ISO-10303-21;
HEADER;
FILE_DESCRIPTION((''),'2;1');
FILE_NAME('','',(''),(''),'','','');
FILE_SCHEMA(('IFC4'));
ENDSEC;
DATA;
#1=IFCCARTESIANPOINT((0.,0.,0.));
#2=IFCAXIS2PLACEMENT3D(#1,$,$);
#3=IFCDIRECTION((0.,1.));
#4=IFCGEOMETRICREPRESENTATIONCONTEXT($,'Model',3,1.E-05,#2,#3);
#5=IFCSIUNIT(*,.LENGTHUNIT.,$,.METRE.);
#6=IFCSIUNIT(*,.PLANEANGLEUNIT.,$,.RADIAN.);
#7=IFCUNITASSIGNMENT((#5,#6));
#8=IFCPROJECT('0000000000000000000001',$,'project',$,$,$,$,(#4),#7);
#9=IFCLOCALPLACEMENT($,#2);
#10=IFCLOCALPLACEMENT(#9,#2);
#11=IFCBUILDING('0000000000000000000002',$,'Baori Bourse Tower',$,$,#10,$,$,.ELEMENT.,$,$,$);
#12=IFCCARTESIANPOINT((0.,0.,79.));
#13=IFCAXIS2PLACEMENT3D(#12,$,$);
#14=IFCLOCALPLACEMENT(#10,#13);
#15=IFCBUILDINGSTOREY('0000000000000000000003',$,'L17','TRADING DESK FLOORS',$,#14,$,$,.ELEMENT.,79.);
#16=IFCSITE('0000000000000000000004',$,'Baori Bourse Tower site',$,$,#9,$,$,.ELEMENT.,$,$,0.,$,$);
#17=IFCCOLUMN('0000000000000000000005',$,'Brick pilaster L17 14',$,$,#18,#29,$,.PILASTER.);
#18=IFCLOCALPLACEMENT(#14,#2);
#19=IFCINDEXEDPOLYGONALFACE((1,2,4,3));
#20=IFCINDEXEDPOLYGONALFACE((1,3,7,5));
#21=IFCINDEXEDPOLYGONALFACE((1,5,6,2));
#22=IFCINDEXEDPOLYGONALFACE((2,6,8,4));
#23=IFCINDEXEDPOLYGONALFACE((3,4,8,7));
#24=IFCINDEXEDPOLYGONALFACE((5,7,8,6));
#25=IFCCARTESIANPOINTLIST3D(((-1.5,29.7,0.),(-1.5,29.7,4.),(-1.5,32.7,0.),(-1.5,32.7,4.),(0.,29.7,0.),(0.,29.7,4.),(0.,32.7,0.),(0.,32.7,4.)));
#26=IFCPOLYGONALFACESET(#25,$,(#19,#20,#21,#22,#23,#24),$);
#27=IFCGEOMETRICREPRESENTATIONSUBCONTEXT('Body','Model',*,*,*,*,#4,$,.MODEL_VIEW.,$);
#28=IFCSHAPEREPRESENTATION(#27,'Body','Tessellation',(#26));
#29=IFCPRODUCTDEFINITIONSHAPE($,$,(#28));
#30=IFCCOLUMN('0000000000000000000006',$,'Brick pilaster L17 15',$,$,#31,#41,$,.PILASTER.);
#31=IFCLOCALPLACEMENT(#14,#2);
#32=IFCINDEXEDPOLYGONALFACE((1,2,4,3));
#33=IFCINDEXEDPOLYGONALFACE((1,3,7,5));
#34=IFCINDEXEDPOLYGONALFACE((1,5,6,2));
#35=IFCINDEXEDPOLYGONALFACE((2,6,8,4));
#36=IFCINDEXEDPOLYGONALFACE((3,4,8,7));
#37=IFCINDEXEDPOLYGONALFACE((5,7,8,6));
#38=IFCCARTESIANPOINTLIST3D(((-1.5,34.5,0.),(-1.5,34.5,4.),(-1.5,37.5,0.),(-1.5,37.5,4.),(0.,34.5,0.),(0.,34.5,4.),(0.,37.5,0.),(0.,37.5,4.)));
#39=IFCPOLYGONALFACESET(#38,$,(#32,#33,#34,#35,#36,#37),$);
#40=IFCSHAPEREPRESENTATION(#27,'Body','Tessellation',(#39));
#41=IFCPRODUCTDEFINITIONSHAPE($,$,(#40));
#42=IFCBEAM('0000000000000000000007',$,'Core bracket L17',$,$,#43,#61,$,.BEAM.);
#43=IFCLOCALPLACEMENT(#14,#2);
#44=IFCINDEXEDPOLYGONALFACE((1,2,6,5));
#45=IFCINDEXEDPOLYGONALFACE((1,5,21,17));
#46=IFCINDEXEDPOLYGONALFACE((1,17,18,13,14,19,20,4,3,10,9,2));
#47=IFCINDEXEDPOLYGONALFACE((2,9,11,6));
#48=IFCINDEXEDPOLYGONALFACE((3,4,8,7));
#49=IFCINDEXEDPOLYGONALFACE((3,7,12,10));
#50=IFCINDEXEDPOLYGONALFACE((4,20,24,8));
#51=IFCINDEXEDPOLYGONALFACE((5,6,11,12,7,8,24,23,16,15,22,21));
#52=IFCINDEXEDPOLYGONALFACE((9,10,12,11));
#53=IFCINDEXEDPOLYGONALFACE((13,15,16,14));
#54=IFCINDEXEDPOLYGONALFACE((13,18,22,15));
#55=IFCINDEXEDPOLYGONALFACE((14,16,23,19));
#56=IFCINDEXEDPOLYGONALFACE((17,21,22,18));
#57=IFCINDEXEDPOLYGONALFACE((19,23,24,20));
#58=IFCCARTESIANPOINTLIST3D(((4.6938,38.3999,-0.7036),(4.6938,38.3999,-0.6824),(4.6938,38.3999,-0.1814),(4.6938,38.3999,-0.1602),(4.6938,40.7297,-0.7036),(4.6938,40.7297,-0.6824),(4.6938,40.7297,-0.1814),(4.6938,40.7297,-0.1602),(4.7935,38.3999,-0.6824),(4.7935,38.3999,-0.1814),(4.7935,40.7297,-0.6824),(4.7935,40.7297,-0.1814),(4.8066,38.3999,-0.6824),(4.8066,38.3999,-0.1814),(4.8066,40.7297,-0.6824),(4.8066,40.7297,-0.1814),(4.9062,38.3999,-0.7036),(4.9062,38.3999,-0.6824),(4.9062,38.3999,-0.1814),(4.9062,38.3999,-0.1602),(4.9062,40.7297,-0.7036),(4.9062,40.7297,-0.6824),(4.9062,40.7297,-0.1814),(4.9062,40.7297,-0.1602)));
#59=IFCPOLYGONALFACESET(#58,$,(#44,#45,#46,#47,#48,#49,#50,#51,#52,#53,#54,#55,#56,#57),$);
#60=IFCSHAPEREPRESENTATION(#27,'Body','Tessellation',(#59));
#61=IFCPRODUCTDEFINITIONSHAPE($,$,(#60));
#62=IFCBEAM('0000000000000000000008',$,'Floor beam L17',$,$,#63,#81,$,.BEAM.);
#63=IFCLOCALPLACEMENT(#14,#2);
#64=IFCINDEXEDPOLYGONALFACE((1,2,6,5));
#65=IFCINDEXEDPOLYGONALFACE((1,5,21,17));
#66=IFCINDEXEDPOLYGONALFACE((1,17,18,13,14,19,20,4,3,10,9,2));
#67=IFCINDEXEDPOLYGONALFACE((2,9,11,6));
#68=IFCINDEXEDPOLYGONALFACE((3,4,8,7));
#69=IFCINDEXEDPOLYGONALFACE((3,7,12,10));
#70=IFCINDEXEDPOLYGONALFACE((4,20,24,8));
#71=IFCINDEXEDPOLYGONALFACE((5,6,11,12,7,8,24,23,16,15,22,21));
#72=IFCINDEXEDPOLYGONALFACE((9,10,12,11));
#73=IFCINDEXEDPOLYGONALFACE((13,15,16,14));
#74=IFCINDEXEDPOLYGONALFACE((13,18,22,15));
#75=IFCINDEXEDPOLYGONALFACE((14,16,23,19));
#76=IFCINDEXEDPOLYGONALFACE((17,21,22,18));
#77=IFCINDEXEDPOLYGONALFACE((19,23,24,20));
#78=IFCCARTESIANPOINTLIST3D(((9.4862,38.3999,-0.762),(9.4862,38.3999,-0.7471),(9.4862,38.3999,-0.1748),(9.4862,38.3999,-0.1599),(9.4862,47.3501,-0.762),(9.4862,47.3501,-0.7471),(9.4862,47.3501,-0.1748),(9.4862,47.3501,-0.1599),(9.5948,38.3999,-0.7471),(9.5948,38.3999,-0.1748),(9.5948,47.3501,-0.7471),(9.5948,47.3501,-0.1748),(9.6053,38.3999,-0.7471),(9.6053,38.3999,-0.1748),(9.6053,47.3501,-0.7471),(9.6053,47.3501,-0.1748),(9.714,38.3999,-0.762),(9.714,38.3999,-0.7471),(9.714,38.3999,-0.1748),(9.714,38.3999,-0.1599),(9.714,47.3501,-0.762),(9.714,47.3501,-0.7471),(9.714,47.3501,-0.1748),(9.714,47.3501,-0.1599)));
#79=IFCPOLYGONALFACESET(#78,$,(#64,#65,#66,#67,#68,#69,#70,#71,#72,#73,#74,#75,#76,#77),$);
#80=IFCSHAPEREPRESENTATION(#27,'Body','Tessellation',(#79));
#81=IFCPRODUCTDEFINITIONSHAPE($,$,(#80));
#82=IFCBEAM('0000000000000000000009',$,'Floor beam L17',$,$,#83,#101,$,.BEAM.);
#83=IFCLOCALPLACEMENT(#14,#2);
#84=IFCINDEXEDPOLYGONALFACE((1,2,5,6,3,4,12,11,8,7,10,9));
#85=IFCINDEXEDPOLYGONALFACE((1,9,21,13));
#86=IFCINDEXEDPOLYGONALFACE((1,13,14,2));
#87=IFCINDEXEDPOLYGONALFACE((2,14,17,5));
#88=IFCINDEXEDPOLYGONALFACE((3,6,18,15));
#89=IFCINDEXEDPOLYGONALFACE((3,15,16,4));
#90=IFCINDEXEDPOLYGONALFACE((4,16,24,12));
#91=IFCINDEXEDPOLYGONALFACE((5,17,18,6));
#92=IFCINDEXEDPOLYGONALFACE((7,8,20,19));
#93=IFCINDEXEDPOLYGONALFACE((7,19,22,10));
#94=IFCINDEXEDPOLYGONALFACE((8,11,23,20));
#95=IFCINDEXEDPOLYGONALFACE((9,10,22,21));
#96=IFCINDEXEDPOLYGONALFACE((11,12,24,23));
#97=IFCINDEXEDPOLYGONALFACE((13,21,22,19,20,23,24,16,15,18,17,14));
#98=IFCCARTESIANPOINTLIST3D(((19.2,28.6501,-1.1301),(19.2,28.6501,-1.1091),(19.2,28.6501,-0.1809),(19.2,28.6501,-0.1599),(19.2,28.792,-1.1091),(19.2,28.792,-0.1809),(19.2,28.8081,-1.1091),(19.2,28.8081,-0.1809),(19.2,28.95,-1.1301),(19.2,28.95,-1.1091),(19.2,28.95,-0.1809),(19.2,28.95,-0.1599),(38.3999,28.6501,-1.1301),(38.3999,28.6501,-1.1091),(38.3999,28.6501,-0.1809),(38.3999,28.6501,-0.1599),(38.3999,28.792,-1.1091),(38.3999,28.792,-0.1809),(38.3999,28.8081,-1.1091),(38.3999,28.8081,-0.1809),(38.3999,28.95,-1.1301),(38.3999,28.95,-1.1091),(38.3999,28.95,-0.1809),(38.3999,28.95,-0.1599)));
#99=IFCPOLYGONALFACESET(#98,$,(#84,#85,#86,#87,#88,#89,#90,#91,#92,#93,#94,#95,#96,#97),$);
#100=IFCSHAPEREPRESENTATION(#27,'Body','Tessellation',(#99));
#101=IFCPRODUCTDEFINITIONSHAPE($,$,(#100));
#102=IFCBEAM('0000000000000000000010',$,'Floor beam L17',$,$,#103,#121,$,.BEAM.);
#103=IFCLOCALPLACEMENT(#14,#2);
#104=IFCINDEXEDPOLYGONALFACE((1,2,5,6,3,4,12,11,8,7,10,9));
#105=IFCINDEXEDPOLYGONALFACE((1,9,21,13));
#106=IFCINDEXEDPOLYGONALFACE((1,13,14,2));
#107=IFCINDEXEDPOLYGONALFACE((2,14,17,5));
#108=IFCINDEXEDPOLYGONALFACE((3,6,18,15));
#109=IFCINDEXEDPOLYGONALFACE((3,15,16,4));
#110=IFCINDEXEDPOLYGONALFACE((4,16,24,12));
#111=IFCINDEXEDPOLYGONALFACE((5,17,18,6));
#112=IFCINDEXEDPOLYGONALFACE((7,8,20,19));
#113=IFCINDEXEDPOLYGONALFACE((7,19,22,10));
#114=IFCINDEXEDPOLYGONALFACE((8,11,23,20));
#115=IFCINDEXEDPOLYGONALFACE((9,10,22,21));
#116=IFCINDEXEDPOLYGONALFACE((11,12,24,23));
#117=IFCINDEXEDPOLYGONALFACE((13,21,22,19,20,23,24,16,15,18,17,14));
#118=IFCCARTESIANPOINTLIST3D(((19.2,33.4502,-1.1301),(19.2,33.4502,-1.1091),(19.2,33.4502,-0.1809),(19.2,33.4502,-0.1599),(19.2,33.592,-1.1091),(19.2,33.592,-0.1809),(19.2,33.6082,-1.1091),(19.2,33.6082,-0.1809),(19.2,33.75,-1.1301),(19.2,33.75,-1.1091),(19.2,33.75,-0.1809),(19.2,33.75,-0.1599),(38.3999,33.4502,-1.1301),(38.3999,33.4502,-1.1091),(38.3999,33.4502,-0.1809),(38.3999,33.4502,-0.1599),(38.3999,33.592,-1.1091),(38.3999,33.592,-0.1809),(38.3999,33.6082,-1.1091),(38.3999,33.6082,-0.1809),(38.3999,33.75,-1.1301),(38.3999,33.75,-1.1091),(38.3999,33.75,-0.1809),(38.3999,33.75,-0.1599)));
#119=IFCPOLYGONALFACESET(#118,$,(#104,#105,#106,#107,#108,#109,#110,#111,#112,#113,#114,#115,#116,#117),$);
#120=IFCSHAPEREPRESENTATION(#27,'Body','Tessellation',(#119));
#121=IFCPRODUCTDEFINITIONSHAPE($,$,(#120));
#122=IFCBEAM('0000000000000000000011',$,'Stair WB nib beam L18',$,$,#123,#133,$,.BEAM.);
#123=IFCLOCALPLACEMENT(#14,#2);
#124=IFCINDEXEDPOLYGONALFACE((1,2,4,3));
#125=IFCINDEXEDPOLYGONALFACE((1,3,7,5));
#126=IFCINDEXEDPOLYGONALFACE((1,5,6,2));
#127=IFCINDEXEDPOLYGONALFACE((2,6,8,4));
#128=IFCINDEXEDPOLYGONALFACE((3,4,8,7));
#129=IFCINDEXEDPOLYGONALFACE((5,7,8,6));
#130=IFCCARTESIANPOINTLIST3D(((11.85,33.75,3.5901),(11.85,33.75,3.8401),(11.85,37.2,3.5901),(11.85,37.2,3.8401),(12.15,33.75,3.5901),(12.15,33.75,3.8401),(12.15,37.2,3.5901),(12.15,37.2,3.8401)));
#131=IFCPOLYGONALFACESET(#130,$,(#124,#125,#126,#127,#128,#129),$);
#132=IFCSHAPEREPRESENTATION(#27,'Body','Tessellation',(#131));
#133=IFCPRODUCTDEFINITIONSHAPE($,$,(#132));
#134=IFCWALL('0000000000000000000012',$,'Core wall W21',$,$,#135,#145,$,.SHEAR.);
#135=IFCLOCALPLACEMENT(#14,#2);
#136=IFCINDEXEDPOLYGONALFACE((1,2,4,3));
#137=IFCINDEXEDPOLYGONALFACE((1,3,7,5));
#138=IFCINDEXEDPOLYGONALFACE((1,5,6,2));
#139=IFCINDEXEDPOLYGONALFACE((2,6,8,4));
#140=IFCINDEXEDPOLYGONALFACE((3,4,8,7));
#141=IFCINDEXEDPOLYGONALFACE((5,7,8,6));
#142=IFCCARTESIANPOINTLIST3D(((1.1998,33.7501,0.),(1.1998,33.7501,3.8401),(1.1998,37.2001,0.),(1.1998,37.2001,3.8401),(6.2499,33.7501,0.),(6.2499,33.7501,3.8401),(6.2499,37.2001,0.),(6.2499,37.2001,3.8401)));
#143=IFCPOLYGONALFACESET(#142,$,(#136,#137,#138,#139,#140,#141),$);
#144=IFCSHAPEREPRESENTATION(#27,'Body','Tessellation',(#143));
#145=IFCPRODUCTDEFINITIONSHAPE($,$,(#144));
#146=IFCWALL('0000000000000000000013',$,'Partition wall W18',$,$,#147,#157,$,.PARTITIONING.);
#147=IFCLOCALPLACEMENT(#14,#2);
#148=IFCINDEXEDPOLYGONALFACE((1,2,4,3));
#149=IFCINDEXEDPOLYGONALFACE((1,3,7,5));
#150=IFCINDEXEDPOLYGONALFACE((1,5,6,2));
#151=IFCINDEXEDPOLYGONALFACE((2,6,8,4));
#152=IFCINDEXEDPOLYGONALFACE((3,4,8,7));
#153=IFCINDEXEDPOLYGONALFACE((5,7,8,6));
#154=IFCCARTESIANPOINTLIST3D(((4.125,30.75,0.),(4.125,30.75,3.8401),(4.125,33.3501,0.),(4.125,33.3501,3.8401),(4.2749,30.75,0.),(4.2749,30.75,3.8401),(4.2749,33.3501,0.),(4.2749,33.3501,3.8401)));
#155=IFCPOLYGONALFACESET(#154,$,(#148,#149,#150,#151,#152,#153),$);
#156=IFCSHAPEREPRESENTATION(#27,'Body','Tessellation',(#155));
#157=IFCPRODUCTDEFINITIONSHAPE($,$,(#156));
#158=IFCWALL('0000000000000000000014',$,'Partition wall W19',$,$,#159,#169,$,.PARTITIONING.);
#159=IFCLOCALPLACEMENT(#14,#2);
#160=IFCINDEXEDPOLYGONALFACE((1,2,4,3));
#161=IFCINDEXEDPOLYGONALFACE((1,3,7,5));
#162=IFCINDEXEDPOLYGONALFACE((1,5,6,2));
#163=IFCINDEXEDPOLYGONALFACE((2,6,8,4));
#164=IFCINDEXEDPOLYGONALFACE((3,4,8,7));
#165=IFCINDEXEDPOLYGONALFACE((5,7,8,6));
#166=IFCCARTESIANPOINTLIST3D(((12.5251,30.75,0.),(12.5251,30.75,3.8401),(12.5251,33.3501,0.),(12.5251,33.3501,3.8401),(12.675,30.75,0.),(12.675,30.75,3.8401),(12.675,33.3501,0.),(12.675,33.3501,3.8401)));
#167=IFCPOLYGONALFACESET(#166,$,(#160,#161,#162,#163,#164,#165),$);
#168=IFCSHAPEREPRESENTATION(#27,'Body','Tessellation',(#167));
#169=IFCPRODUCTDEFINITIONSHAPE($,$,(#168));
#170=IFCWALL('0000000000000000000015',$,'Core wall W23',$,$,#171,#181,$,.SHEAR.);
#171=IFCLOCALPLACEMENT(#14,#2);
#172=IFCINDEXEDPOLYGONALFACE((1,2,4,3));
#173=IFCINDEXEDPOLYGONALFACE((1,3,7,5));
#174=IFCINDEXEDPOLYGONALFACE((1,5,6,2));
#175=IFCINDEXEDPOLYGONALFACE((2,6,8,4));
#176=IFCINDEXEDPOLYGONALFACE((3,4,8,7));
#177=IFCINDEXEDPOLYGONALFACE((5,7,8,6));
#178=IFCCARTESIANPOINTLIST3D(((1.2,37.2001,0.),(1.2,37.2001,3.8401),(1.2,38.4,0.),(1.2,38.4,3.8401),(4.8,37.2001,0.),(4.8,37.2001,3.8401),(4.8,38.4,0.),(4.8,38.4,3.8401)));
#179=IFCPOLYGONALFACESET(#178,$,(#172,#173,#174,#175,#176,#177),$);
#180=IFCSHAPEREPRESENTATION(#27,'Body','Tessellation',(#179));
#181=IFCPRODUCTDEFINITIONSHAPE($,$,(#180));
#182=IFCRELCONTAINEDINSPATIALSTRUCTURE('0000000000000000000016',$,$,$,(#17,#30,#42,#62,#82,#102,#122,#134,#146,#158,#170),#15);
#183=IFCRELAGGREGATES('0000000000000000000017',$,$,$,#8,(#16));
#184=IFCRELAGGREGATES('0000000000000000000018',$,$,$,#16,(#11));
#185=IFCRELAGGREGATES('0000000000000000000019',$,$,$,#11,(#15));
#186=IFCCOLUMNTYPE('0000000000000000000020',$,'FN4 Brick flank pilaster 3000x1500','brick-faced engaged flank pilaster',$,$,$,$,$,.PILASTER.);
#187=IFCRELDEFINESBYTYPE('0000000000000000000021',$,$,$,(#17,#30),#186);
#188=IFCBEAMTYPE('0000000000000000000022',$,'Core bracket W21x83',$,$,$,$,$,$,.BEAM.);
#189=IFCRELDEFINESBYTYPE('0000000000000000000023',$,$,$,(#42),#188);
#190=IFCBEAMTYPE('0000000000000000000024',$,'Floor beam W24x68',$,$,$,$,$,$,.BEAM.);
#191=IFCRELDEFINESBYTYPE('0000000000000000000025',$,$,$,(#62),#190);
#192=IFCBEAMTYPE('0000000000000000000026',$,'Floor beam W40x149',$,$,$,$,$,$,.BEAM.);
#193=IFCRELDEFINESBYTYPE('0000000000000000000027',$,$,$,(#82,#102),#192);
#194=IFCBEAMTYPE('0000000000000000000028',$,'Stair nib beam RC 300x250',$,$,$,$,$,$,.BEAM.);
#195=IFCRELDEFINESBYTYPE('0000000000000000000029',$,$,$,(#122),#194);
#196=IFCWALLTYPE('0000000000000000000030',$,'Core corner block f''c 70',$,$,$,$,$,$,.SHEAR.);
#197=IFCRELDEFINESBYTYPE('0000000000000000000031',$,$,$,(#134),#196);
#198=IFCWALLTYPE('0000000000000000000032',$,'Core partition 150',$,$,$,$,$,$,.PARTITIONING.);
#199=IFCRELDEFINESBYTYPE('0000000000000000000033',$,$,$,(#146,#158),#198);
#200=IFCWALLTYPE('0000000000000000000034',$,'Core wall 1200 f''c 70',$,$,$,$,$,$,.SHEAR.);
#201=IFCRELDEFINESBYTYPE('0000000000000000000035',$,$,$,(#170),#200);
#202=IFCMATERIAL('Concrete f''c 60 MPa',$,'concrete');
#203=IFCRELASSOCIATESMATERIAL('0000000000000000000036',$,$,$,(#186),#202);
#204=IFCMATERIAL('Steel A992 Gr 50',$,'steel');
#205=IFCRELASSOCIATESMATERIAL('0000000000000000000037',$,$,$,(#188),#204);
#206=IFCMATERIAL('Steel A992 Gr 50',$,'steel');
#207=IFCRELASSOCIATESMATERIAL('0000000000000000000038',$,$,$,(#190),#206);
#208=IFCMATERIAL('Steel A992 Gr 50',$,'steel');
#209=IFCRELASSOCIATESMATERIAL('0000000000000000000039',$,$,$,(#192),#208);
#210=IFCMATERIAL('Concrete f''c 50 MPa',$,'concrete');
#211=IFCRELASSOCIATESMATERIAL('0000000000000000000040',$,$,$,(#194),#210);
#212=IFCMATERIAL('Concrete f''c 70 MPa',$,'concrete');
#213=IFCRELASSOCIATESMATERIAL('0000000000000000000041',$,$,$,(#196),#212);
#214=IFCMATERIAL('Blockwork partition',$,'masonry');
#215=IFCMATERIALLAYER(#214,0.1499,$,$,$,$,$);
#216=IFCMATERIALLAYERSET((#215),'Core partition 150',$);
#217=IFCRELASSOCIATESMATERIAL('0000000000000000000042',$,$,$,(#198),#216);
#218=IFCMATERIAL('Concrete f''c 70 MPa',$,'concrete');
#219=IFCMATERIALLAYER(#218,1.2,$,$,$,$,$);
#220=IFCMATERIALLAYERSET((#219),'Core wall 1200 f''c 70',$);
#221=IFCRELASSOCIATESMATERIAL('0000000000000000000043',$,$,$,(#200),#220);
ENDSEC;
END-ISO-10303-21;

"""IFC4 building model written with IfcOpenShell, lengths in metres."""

from ifc_helpers import new_model, si_unit, direction, frame, frame_2d, origin, origin_2d, place, context, subcontext, project, spatial, rectangle, i_section, extrude, material, layer, layer_set, material_profile, profile_set, type_object, element, save


model = new_model("IFC4")

# Units and contexts
model_context = context("Model", 3, precision=1e-05, world=origin(), true_north=direction((0.0, 1.0)))
body_context = subcontext(model_context, "Body", "Model", "MODEL_VIEW")
ifc_project = project(units=[si_unit("LENGTHUNIT", "METRE"), si_unit("PLANEANGLEUNIT", "RADIAN")], contexts=[model_context])

# Site, building, storey
site_placement = place(None, origin())
site = spatial("IfcSite", under=ifc_project, at=site_placement, Name="Baori Bourse Tower site", CompositionType="ELEMENT", RefElevation=0.0)
building_placement = place(site_placement, origin())
building = spatial("IfcBuilding", under=site, at=building_placement, Name="Baori Bourse Tower", CompositionType="ELEMENT")
storey_placement = place(building_placement, frame((0.0, 0.0, 79.0)))
storey = spatial("IfcBuildingStorey", under=building, at=storey_placement, Name="L17", Description="TRADING DESK FLOORS", CompositionType="ELEMENT", Elevation=79.0)

# Columns
ifc_material_1 = material(Name="Concrete f'c 60 MPa", Category="concrete")
ifc_material_profile_1 = material_profile(ifc_material_1, rectangle(XDim=3.0, YDim=1.5, at=origin_2d()), Name="RC 3000x1500")
ifc_profile_set_1 = profile_set([ifc_material_profile_1], Name="Concrete f'c 60 MPa")
column_type = type_object("IfcColumnType", Name="FN4 Brick flank pilaster 3000x1500", Description="brick-faced engaged flank pilaster", PredefinedType="PILASTER", material=ifc_profile_set_1)
for number, where, z_axis, x_axis, name in (
    (1, (-0.75, 31.2, 0.0), (0.0, 0.0, 1.0), (0.0, 1.0, 0.0), "Brick pilaster L17 14"),
    (2, (-0.75, 36.0, 0.0), (0.0, 0.0, 1.0), (0.0, 1.0, 0.0), "Brick pilaster L17 15"),
):
    element("IfcColumn", number, at=place(storey_placement, frame(where, z_axis=z_axis, x_axis=x_axis)), inside=storey, type_object=column_type, Name=name, PredefinedType="PILASTER", context=body_context, shape_type="SweptSolid", body=[
        extrude(rectangle(XDim=3.0, YDim=1.5, at=origin_2d()), origin(), (0.0, 0.0, 1.0), 4.0),
    ])

# Beams
ifc_material_2 = material(Name="Steel A992 Gr 50", Category="steel")
ifc_material_profile_2 = material_profile(ifc_material_2, i_section(OverallWidth=0.2124, OverallDepth=0.5435, WebThickness=0.0132, FlangeThickness=0.0212, at=origin_2d()), Name="W21x83")
ifc_profile_set_2 = profile_set([ifc_material_profile_2], Name="Steel A992 Gr 50")
beam_type_1 = type_object("IfcBeamType", Name="Core bracket W21x83", PredefinedType="BEAM", material=ifc_profile_set_2)
beam_1_placement = place(storey_placement, frame((4.8, 38.3999, -0.4319), z_axis=(0.0, 1.0, 0.0), x_axis=(-1.0, 0.0, 0.0)))
element("IfcBeam", 3, at=beam_1_placement, inside=storey, type_object=beam_type_1, Name="Core bracket L17", PredefinedType="BEAM", context=body_context, shape_type="SweptSolid", body=[
    extrude(i_section(OverallWidth=0.2124, OverallDepth=0.5435, WebThickness=0.0132, FlangeThickness=0.0212, at=origin_2d()), origin(), (0.0, 0.0, 1.0), 2.3298),
])
ifc_material_3 = material(Name="Steel A992 Gr 50", Category="steel")
ifc_material_profile_3 = material_profile(ifc_material_3, i_section(OverallWidth=0.2278, OverallDepth=0.6021, WebThickness=0.0105, FlangeThickness=0.0149, at=origin_2d()), Name="W24x68")
ifc_profile_set_3 = profile_set([ifc_material_profile_3], Name="Steel A992 Gr 50")
beam_type_2 = type_object("IfcBeamType", Name="Floor beam W24x68", PredefinedType="BEAM", material=ifc_profile_set_3)
beam_2_placement = place(storey_placement, frame((9.6001, 38.3999, -0.4609), z_axis=(0.0, 1.0, 0.0), x_axis=(-1.0, 0.0, 0.0)))
element("IfcBeam", 4, at=beam_2_placement, inside=storey, type_object=beam_type_2, Name="Floor beam L17", PredefinedType="BEAM", context=body_context, shape_type="SweptSolid", body=[
    extrude(i_section(OverallWidth=0.2278, OverallDepth=0.6021, WebThickness=0.0105, FlangeThickness=0.0149, at=origin_2d()), origin(), (0.0, 0.0, 1.0), 8.9502),
])
ifc_material_4 = material(Name="Steel A992 Gr 50", Category="steel")
ifc_material_profile_4 = material_profile(ifc_material_4, i_section(OverallWidth=0.2998, OverallDepth=0.9702, WebThickness=0.0161, FlangeThickness=0.021, at=origin_2d()), Name="W40x149")
ifc_profile_set_4 = profile_set([ifc_material_profile_4], Name="Steel A992 Gr 50")
beam_type_3 = type_object("IfcBeamType", Name="Floor beam W40x149", PredefinedType="BEAM", material=ifc_profile_set_4)
for number, where, z_axis, x_axis, name in (
    (5, (19.2, 28.8, -0.645), (1.0, 0.0, 0.0), (0.0, 1.0, 0.0), "Floor beam L17"),
    (6, (19.2, 33.6001, -0.645), (1.0, 0.0, 0.0), (0.0, 1.0, 0.0), "Floor beam L17"),
):
    element("IfcBeam", number, at=place(storey_placement, frame(where, z_axis=z_axis, x_axis=x_axis)), inside=storey, type_object=beam_type_3, Name=name, PredefinedType="BEAM", context=body_context, shape_type="SweptSolid", body=[
        extrude(i_section(OverallWidth=0.2998, OverallDepth=0.9702, WebThickness=0.0161, FlangeThickness=0.021, at=origin_2d()), origin(), (0.0, 0.0, 1.0), 19.2),
    ])
ifc_material_5 = material(Name="Concrete f'c 50 MPa", Category="concrete")
ifc_material_profile_5 = material_profile(ifc_material_5, rectangle(XDim=0.3, YDim=0.25, at=origin_2d()), Name="RC 300x250")
ifc_profile_set_5 = profile_set([ifc_material_profile_5], Name="Concrete f'c 50 MPa")
beam_type_4 = type_object("IfcBeamType", Name="Stair nib beam RC 300x250", PredefinedType="BEAM", material=ifc_profile_set_5)
beam_3_placement = place(storey_placement, frame((12.0, 33.75, 3.7151), z_axis=(0.0, 1.0, 0.0), x_axis=(-1.0, 0.0, 0.0)))
element("IfcBeam", 7, at=beam_3_placement, inside=storey, type_object=beam_type_4, Name="Stair WB nib beam L18", PredefinedType="BEAM", context=body_context, shape_type="SweptSolid", body=[
    extrude(rectangle(XDim=0.3, YDim=0.25, at=origin_2d()), origin(), (0.0, 0.0, 1.0), 3.45),
])

# Walls
ifc_material_6 = material(Name="Concrete f'c 70 MPa", Category="concrete")
wall_type_1 = type_object("IfcWallType", Name="Core corner block f'c 70", PredefinedType="SHEAR", material=ifc_material_6)
wall_1_placement = place(storey_placement, frame((1.2, 35.4751, 0.0), z_axis=(0.0, 0.0, 1.0), x_axis=(1.0, 0.0, 0.0)))
element("IfcWall", 8, at=wall_1_placement, inside=storey, type_object=wall_type_1, Name="Core wall W21", PredefinedType="SHEAR", context=body_context, shape_type="SweptSolid", body=[
    extrude(rectangle(XDim=5.05, YDim=3.45, at=frame_2d((2.5249, 0.0))), origin(), (0.0, 0.0, 1.0), 3.8401),
])
ifc_material_7 = material(Name="Blockwork partition", Category="masonry")
ifc_layer_1 = layer(ifc_material_7, 0.1499)
ifc_layer_set_1 = layer_set([ifc_layer_1], Name="Core partition 150")
wall_type_2 = type_object("IfcWallType", Name="Core partition 150", PredefinedType="PARTITIONING", material=ifc_layer_set_1)
for number, where, z_axis, x_axis, name in (
    (9, (4.2, 30.75, 0.0), (0.0, 0.0, 1.0), (0.0, 1.0, 0.0), "Partition wall W18"),
    (10, (12.6001, 30.75, 0.0), (0.0, 0.0, 1.0), (0.0, 1.0, 0.0), "Partition wall W19"),
):
    element("IfcWall", number, at=place(storey_placement, frame(where, z_axis=z_axis, x_axis=x_axis)), inside=storey, type_object=wall_type_2, Name=name, PredefinedType="PARTITIONING", context=body_context, shape_type="SweptSolid", body=[
        extrude(rectangle(XDim=2.6001, YDim=0.1499, at=frame_2d((1.3, 0.0))), origin(), (0.0, 0.0, 1.0), 3.8401),
    ])
ifc_material_8 = material(Name="Concrete f'c 70 MPa", Category="concrete")
ifc_layer_2 = layer(ifc_material_8, 1.2)
ifc_layer_set_2 = layer_set([ifc_layer_2], Name="Core wall 1200 f'c 70")
wall_type_3 = type_object("IfcWallType", Name="Core wall 1200 f'c 70", PredefinedType="SHEAR", material=ifc_layer_set_2)
wall_2_placement = place(storey_placement, frame((1.2, 37.8, 0.0), z_axis=(0.0, 0.0, 1.0), x_axis=(1.0, 0.0, 0.0)))
element("IfcWall", 11, at=wall_2_placement, inside=storey, type_object=wall_type_3, Name="Core wall W23", PredefinedType="SHEAR", context=body_context, shape_type="SweptSolid", body=[
    extrude(rectangle(XDim=3.6001, YDim=1.2, at=frame_2d((1.8, 0.0))), origin(), (0.0, 0.0, 1.0), 3.8401),
])

save(model, "model.ifc")
